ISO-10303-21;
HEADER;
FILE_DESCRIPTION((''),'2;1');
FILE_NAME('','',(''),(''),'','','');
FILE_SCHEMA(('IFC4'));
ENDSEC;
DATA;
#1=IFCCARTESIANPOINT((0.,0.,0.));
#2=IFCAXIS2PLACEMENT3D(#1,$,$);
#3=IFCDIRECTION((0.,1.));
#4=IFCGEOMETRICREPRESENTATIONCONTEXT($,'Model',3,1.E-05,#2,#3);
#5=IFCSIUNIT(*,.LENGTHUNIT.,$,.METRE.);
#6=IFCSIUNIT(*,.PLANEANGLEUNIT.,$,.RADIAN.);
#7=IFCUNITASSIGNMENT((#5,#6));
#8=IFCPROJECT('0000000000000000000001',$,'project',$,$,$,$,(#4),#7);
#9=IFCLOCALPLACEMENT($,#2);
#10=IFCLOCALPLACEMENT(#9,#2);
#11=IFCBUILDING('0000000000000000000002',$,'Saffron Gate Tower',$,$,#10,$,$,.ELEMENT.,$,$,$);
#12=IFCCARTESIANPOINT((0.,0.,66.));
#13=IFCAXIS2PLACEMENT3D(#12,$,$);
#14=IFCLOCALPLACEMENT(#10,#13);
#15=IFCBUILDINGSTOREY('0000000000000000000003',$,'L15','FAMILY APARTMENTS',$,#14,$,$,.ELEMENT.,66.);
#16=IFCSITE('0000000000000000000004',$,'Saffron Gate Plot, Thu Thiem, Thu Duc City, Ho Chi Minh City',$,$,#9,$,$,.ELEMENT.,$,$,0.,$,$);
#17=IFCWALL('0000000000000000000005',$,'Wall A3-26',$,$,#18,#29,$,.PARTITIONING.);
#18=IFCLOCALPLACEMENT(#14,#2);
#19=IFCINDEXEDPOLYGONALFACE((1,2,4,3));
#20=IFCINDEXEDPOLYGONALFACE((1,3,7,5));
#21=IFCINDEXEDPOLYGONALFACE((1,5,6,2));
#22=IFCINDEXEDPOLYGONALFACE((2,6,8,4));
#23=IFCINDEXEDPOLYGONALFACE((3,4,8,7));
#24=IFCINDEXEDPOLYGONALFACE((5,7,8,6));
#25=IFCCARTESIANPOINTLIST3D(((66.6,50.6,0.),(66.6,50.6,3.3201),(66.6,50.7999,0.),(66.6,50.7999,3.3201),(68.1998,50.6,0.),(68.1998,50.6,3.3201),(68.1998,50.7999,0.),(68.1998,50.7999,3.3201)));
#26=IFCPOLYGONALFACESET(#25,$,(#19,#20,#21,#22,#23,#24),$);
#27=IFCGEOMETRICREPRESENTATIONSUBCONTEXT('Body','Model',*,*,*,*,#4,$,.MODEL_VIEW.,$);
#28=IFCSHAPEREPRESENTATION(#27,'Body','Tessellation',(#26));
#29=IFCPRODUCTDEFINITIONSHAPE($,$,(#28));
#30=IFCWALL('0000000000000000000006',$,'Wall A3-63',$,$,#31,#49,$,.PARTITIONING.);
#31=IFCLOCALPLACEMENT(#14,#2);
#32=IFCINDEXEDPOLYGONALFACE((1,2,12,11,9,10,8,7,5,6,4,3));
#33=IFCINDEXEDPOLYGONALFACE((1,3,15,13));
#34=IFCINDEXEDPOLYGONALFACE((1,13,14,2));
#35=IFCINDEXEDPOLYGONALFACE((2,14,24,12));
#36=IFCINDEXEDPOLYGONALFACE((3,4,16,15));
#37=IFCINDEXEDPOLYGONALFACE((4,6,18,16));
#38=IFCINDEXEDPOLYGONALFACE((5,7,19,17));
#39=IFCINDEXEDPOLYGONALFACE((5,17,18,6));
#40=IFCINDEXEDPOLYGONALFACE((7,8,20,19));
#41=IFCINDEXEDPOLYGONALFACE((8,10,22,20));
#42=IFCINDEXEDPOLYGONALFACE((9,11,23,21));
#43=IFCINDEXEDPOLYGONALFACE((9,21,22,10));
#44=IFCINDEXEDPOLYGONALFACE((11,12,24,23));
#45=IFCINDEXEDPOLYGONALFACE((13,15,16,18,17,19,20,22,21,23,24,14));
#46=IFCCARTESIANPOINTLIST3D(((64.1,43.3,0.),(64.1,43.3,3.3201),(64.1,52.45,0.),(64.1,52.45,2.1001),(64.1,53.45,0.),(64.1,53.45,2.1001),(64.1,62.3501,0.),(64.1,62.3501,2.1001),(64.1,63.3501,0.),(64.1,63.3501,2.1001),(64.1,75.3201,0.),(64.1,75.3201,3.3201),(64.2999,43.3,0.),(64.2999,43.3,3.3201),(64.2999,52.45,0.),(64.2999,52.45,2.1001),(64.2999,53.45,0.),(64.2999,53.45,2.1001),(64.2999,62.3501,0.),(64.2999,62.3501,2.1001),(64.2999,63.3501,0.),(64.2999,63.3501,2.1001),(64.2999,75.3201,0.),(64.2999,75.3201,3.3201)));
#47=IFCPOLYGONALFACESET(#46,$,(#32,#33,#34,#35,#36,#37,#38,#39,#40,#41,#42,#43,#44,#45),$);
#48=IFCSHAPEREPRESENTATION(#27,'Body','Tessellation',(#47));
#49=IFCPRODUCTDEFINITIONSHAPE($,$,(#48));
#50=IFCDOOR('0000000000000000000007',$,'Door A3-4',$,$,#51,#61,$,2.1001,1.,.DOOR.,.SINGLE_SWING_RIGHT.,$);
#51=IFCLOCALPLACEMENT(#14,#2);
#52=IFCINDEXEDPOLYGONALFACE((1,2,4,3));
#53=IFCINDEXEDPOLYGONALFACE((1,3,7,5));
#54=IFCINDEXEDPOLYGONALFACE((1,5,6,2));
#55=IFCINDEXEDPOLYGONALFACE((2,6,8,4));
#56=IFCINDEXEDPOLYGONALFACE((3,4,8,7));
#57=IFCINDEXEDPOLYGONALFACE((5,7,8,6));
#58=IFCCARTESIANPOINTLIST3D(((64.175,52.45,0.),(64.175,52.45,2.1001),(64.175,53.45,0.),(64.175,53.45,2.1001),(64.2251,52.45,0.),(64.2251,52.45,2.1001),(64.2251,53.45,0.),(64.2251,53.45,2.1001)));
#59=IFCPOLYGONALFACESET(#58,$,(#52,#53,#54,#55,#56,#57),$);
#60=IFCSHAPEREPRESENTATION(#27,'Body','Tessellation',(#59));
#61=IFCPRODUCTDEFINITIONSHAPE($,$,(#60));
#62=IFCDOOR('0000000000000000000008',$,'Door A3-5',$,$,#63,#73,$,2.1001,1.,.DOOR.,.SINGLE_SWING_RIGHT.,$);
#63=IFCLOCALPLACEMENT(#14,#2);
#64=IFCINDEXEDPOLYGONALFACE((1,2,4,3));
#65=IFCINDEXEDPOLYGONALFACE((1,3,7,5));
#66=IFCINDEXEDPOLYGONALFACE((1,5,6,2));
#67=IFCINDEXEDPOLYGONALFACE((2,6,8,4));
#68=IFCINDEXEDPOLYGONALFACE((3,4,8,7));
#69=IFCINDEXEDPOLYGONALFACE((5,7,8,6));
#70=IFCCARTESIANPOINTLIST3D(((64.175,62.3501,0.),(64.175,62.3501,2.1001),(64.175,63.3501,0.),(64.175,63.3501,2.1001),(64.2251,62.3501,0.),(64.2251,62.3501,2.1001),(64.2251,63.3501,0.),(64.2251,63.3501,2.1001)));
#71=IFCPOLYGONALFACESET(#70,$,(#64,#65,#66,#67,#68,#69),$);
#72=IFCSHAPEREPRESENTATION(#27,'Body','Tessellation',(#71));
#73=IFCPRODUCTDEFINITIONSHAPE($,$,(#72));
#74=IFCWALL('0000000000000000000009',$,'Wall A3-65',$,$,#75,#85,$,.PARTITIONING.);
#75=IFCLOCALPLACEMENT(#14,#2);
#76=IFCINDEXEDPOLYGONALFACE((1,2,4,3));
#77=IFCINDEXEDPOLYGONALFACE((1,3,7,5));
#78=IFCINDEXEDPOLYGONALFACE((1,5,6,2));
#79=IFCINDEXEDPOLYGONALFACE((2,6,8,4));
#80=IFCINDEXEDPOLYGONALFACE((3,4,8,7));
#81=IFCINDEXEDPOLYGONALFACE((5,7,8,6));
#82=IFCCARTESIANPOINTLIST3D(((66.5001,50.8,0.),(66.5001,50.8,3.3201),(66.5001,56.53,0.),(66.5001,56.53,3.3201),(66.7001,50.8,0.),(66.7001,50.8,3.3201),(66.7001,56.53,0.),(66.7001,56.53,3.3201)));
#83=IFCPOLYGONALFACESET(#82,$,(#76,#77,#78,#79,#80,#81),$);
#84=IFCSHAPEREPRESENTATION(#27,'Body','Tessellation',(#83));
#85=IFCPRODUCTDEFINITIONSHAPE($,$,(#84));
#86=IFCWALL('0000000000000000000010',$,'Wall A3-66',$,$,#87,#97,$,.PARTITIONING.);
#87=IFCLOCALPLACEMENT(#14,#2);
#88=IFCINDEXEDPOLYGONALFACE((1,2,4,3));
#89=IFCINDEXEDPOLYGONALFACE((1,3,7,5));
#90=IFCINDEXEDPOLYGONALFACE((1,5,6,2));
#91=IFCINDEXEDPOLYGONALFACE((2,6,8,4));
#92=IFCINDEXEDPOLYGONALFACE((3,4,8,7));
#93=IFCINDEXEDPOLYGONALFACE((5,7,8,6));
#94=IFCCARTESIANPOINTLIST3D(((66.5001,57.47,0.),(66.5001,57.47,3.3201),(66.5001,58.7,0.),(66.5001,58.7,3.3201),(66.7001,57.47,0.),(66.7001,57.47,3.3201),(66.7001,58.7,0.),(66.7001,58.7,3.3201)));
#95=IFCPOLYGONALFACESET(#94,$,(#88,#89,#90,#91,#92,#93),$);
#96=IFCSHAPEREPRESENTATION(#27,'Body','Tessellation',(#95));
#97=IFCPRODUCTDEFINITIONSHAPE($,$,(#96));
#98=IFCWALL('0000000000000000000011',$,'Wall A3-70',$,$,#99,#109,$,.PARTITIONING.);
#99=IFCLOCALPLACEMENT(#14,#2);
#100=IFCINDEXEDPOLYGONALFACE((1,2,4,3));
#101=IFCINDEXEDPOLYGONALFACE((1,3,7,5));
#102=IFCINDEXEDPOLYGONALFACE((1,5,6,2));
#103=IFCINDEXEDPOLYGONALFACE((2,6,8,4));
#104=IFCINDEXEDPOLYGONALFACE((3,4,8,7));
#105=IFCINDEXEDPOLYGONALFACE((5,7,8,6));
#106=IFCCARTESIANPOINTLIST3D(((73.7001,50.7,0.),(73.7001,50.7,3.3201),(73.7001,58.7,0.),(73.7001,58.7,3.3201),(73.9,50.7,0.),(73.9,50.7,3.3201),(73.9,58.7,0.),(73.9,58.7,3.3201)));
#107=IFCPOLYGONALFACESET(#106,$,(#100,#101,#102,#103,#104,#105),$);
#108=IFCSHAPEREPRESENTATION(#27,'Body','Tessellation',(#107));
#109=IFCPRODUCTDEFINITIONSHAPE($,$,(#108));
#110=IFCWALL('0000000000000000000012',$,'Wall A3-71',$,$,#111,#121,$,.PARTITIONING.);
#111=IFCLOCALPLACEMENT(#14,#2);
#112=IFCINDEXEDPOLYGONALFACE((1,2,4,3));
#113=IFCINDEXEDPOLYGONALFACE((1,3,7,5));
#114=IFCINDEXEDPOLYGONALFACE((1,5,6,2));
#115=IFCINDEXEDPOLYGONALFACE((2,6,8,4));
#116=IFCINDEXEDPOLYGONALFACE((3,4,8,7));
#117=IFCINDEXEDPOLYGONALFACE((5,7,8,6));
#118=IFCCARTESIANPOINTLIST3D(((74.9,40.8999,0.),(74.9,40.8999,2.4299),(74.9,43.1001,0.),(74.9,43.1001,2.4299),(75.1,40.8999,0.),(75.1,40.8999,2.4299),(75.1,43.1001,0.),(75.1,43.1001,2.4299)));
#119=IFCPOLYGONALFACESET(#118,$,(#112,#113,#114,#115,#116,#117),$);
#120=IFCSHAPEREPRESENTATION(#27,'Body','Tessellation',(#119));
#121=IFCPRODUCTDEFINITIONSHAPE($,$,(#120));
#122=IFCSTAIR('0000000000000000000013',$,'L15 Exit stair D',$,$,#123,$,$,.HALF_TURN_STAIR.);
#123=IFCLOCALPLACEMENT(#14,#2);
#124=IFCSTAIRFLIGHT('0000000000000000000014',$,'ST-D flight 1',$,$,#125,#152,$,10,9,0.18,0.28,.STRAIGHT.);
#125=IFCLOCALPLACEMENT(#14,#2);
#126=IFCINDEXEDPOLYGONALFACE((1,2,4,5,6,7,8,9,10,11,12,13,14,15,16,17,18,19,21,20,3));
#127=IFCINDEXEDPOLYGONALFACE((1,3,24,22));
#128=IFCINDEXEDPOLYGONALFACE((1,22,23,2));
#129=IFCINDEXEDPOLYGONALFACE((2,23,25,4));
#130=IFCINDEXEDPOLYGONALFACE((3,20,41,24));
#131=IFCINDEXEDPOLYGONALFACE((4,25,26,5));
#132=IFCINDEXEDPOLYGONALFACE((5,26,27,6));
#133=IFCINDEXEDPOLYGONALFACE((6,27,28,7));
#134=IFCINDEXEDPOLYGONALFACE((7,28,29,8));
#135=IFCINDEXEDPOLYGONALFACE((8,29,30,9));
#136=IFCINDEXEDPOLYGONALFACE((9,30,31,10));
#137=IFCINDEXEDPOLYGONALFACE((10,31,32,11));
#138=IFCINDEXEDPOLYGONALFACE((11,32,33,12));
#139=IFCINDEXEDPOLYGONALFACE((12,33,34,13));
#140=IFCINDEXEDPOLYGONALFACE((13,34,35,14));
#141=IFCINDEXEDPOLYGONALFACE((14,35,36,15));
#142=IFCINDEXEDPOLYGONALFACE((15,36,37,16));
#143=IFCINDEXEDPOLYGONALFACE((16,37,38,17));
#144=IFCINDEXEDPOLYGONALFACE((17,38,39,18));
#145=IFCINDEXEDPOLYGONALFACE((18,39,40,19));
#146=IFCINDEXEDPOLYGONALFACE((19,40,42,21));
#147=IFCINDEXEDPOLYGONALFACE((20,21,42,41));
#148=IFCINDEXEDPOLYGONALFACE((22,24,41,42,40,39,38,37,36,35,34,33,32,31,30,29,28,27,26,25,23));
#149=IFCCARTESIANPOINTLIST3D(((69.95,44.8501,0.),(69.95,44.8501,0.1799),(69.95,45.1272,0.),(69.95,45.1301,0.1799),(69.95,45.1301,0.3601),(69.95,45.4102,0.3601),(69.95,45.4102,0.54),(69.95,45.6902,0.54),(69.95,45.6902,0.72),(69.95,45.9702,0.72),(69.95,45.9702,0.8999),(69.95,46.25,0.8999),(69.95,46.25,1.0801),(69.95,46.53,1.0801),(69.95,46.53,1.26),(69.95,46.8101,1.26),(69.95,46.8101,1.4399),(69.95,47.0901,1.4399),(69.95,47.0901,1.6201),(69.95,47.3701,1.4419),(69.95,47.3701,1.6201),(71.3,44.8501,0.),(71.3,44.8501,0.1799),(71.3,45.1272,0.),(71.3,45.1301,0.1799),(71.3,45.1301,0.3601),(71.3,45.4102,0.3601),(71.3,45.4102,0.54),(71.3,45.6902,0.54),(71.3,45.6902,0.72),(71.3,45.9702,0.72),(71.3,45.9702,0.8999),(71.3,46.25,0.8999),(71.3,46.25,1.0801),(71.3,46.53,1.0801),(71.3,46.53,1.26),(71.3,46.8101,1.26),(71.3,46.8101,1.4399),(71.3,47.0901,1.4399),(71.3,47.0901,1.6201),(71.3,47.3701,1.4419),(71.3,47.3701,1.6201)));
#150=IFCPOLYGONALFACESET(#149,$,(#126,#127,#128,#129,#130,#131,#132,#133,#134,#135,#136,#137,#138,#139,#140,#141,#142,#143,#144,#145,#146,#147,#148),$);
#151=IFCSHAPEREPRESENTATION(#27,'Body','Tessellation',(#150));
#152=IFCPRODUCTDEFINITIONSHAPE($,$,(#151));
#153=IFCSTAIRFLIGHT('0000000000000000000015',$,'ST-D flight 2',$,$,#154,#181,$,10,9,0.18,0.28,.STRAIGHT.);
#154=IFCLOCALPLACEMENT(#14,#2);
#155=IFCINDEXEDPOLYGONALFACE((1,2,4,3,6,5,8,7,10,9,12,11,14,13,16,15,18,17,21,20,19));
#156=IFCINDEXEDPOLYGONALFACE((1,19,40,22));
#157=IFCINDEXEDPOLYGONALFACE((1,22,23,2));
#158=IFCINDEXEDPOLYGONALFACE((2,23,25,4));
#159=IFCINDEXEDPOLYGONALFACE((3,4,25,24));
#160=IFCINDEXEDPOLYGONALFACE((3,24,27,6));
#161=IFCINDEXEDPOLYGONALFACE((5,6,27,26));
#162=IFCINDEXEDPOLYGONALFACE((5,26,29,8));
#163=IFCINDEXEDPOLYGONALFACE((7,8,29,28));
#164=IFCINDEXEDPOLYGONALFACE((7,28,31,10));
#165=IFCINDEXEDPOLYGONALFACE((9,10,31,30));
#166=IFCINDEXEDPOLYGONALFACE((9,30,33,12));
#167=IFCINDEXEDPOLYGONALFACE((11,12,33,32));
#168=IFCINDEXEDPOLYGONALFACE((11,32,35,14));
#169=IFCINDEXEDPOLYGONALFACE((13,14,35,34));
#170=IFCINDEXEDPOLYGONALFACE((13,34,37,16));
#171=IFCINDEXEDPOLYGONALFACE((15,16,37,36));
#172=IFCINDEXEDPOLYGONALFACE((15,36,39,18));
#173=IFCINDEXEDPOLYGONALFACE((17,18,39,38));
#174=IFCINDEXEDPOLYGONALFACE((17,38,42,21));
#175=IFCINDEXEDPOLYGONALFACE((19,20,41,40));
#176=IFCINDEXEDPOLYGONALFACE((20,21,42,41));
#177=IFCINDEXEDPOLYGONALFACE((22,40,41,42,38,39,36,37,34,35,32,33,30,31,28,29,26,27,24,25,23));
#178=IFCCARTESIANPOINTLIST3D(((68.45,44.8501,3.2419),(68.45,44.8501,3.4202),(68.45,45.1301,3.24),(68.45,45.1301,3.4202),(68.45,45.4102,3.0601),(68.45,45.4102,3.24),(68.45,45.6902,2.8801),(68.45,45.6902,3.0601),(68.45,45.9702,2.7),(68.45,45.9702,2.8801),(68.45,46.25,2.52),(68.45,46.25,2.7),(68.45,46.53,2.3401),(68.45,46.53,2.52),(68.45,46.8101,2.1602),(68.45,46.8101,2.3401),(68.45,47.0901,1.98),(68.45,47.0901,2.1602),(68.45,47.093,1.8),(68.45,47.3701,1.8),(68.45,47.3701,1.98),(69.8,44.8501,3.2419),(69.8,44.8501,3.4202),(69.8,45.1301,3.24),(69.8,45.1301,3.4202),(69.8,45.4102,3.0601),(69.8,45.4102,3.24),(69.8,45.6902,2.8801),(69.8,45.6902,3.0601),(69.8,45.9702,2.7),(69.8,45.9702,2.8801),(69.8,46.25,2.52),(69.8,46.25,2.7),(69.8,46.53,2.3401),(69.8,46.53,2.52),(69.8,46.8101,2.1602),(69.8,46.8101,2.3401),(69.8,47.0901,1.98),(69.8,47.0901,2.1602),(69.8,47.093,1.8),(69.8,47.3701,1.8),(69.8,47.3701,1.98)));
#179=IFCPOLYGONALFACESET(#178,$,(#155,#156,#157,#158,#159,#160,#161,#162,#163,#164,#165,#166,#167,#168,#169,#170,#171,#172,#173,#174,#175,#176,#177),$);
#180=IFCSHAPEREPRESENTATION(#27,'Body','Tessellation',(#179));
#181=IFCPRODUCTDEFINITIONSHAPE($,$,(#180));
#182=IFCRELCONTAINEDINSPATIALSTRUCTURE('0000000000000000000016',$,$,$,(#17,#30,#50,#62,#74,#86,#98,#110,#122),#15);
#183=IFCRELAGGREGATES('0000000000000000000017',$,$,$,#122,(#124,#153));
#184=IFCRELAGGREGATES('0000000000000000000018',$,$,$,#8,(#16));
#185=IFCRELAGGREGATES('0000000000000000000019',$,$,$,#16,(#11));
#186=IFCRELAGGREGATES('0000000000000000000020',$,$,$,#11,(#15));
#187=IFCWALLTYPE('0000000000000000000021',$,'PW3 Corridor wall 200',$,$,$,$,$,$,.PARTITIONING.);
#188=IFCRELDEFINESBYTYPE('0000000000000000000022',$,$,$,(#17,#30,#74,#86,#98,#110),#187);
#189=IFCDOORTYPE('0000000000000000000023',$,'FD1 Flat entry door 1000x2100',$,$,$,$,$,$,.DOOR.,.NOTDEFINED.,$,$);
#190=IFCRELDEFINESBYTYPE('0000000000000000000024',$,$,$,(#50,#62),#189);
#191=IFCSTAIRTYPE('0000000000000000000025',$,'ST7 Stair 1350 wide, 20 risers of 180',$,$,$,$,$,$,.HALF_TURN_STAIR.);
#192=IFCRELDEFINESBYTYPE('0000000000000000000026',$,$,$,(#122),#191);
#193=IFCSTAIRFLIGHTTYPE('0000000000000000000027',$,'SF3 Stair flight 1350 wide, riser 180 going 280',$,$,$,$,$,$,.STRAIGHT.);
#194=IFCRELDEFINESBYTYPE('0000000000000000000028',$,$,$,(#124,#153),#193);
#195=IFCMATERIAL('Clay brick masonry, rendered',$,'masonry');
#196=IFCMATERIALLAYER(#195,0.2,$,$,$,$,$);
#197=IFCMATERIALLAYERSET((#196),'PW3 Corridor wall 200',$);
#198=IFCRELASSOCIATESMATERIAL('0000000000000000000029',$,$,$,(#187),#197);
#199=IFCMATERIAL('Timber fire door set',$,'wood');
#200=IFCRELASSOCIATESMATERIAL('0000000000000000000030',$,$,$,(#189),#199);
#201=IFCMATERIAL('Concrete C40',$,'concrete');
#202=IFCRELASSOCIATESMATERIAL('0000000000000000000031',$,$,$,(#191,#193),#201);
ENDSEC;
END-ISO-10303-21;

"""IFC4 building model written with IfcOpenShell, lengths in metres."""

from ifc_helpers import new_model, si_unit, direction, frame, frame_2d, origin, place, context, subcontext, project, spatial, polyline, rectangle, outline, extrude, material, layer, layer_set, type_object, element, fill, aggregate, save


model = new_model("IFC4")

# Units and contexts
model_context = context("Model", 3, precision=1e-05, world=origin(), true_north=direction((0.0, 1.0)))
body_context = subcontext(model_context, "Body", "Model", "MODEL_VIEW")
ifc_project = project(units=[si_unit("LENGTHUNIT", "METRE"), si_unit("PLANEANGLEUNIT", "RADIAN")], contexts=[model_context])

# Site, building, storey
site_placement = place(None, origin())
site = spatial("IfcSite", under=ifc_project, at=site_placement, Name="Saffron Gate Plot, Thu Thiem, Thu Duc City, Ho Chi Minh City", CompositionType="ELEMENT", RefElevation=0.0)
building_placement = place(site_placement, origin())
building = spatial("IfcBuilding", under=site, at=building_placement, Name="Saffron Gate Tower", CompositionType="ELEMENT")
storey_placement = place(building_placement, frame((0.0, 0.0, 66.0)))
storey = spatial("IfcBuildingStorey", under=building, at=storey_placement, Name="L15", Description="FAMILY APARTMENTS", CompositionType="ELEMENT", Elevation=66.0)

# Shared definitions
ifc_material_1 = material(Name="Clay brick masonry, rendered", Category="masonry")
ifc_layer_1 = layer(ifc_material_1, 0.2)
ifc_layer_set_1 = layer_set([ifc_layer_1], Name="PW3 Corridor wall 200")
wall_type_1 = type_object("IfcWallType", Name="PW3 Corridor wall 200", PredefinedType="PARTITIONING", material=ifc_layer_set_1)
ifc_material_2 = material(Name="Timber fire door set", Category="wood")
door_type_1 = type_object("IfcDoorType", Name="FD1 Flat entry door 1000x2100", OperationType="NOTDEFINED", PredefinedType="DOOR", material=ifc_material_2)

# Wall
wall_1_placement = place(storey_placement, frame((66.6001, 50.7, 0.0), z_axis=(0.0, 0.0, 1.0), x_axis=(1.0, 0.0, 0.0)))
element("IfcWall", 1, at=wall_1_placement, inside=storey, type_object=wall_type_1, Name="Wall A3-26", PredefinedType="PARTITIONING", context=body_context, shape_type="SweptSolid", body=[
    extrude(rectangle(XDim=1.5999, YDim=0.2, at=frame_2d((0.7998, 0.0))), origin(), (0.0, 0.0, 1.0), 3.3201),
])

# Wall, openings, doors
wall_2_placement = place(storey_placement, frame((64.2, 43.3, 0.0), z_axis=(0.0, 0.0, 1.0), x_axis=(0.0, 1.0, 0.0)))
wall_2 = element("IfcWall", 2, at=wall_2_placement, inside=storey, type_object=wall_type_1, Name="Wall A3-63", PredefinedType="PARTITIONING", context=body_context, shape_type="SweptSolid", body=[
    extrude(rectangle(XDim=32.02, YDim=0.2, at=frame_2d((16.01, 0.0))), origin(), (0.0, 0.0, 1.0), 3.3201),
])
opening_1_placement = place(wall_2_placement, frame((9.1499, 0.0, 0.0)))
opening_1 = element("IfcOpeningElement", 3, at=opening_1_placement, cuts=wall_2, PredefinedType="OPENING", context=body_context, shape_type="SweptSolid", body=[
    extrude(rectangle(XDim=1.0, YDim=2.1001, at=frame_2d((0.5, 1.05))), frame((0.0, 0.1099, 0.0), z_axis=(0.0, -1.0, 0.0), x_axis=(1.0, 0.0, 0.0)), (0.0, 0.0, 1.0), 0.22),
])
opening_2_placement = place(wall_2_placement, frame((19.05, 0.0, 0.0)))
opening_2 = element("IfcOpeningElement", 4, at=opening_2_placement, cuts=wall_2, PredefinedType="OPENING", context=body_context, shape_type="SweptSolid", body=[
    extrude(rectangle(XDim=1.0, YDim=2.1001, at=frame_2d((0.5, 1.05))), frame((0.0, 0.1099, 0.0), z_axis=(0.0, -1.0, 0.0), x_axis=(1.0, 0.0, 0.0)), (0.0, 0.0, 1.0), 0.22),
])
door_1_placement = place(opening_1_placement, origin())
door_1 = element("IfcDoor", 5, at=door_1_placement, inside=storey, type_object=door_type_1, Name="Door A3-4", OperationType="SINGLE_SWING_RIGHT", OverallHeight=2.1001, OverallWidth=1.0, PredefinedType="DOOR", context=body_context, shape_type="SweptSolid", body=[
    extrude(rectangle(XDim=1.0, YDim=2.1001, at=frame_2d((0.5, 1.05))), frame((0.0, 0.0249, 0.0), z_axis=(0.0, -1.0, 0.0), x_axis=(1.0, 0.0, 0.0)), (0.0, 0.0, 1.0), 0.05),
])
fill(opening_1, door_1)
door_2_placement = place(opening_2_placement, origin())
door_2 = element("IfcDoor", 6, at=door_2_placement, inside=storey, type_object=door_type_1, Name="Door A3-5", OperationType="SINGLE_SWING_RIGHT", OverallHeight=2.1001, OverallWidth=1.0, PredefinedType="DOOR", context=body_context, shape_type="SweptSolid", body=[
    extrude(rectangle(XDim=1.0, YDim=2.1001, at=frame_2d((0.5, 1.05))), frame((0.0, 0.0249, 0.0), z_axis=(0.0, -1.0, 0.0), x_axis=(1.0, 0.0, 0.0)), (0.0, 0.0, 1.0), 0.05),
])
fill(opening_2, door_2)

# Walls
wall_3_placement = place(storey_placement, frame((66.6001, 56.53, 0.0), z_axis=(0.0, 0.0, 1.0), x_axis=(0.0, -1.0, 0.0)))
element("IfcWall", 7, at=wall_3_placement, inside=storey, type_object=wall_type_1, Name="Wall A3-65", PredefinedType="PARTITIONING", context=body_context, shape_type="SweptSolid", body=[
    extrude(rectangle(XDim=5.73, YDim=0.2, at=frame_2d((2.865, 0.0))), origin(), (0.0, 0.0, 1.0), 3.3201),
])
wall_4_placement = place(storey_placement, frame((66.6001, 58.7, 0.0), z_axis=(0.0, 0.0, 1.0), x_axis=(0.0, -1.0, 0.0)))
element("IfcWall", 8, at=wall_4_placement, inside=storey, type_object=wall_type_1, Name="Wall A3-66", PredefinedType="PARTITIONING", context=body_context, shape_type="SweptSolid", body=[
    extrude(rectangle(XDim=1.23, YDim=0.2, at=frame_2d((0.615, 0.0))), origin(), (0.0, 0.0, 1.0), 3.3201),
])
wall_5_placement = place(storey_placement, frame((73.8, 58.7, 0.0), z_axis=(0.0, 0.0, 1.0), x_axis=(0.0, -1.0, 0.0)))
element("IfcWall", 9, at=wall_5_placement, inside=storey, type_object=wall_type_1, Name="Wall A3-70", PredefinedType="PARTITIONING", context=body_context, shape_type="SweptSolid", body=[
    extrude(rectangle(XDim=8.0, YDim=0.2, at=frame_2d((4.0, 0.0))), origin(), (0.0, 0.0, 1.0), 3.3201),
])
wall_6_placement = place(storey_placement, frame((75.0, 43.1001, 0.0), z_axis=(0.0, 0.0, 1.0), x_axis=(0.0, -1.0, 0.0)))
element("IfcWall", 10, at=wall_6_placement, inside=storey, type_object=wall_type_1, Name="Wall A3-71", PredefinedType="PARTITIONING", context=body_context, shape_type="SweptSolid", body=[
    extrude(rectangle(XDim=2.2002, YDim=0.2, at=frame_2d((1.1001, 0.0))), origin(), (0.0, 0.0, 1.0), 2.4299),
])

# Stair, stair flights
ifc_material_3 = material(Name="Concrete C40", Category="concrete")
stair_type = type_object("IfcStairType", Name="ST7 Stair 1350 wide, 20 risers of 180", PredefinedType="HALF_TURN_STAIR", material=ifc_material_3)
stair_placement = place(storey_placement, origin())
stair = element("IfcStair", 11, at=stair_placement, inside=storey, type_object=stair_type, Name="L15 Exit stair D", PredefinedType="HALF_TURN_STAIR")
stair_flight_type = type_object("IfcStairFlightType", Name="SF3 Stair flight 1350 wide, riser 180 going 280", PredefinedType="STRAIGHT", material=ifc_material_3)
stair_flight_1_placement = place(storey_placement, frame((70.625, 44.8501, 0.0), z_axis=(0.0, 0.0, 1.0), x_axis=(0.0, 1.0, 0.0)))
stair_flight_1 = element("IfcStairFlight", 12, at=stair_flight_1_placement, type_object=stair_flight_type, Name="ST-D flight 1", NumberOfRisers=10, NumberOfTreads=9, PredefinedType="STRAIGHT", RiserHeight=0.18, TreadLength=0.28, context=body_context, shape_type="SweptSolid", body=[
    extrude(outline(polyline([(0.0, 0.0), (0.0, 0.1799), (0.28, 0.1799), (0.28, 0.3601), (0.5601, 0.3601), (0.5601, 0.54), (0.8401, 0.54), (0.8401, 0.72), (1.1201, 0.72), (1.1201, 0.8999), (1.3999, 0.8999), (1.3999, 1.0801), (1.6799, 1.0801), (1.6799, 1.26), (1.96, 1.26), (1.96, 1.4399), (2.24, 1.4399), (2.24, 1.6201), (2.52, 1.6201), (2.52, 1.8), (2.52, 1.4419), (0.2771, 0.0), (0.0, 0.0)])), frame((0.0, 0.675, 0.0), z_axis=(0.0, -1.0, 0.0), x_axis=(1.0, 0.0, 0.0)), (0.0, 0.0, 1.0), 1.3501),
])
stair_flight_2_placement = place(storey_placement, frame((69.125, 47.3701, 1.8), z_axis=(0.0, 0.0, 1.0), x_axis=(0.0, -1.0, 0.0)))
stair_flight_2 = element("IfcStairFlight", 13, at=stair_flight_2_placement, type_object=stair_flight_type, Name="ST-D flight 2", NumberOfRisers=10, NumberOfTreads=9, PredefinedType="STRAIGHT", RiserHeight=0.18, TreadLength=0.28, context=body_context, shape_type="SweptSolid", body=[
    extrude(outline(polyline([(0.0, 0.0), (0.0, 0.1799), (0.28, 0.1799), (0.28, 0.3601), (0.5601, 0.3601), (0.5601, 0.54), (0.8401, 0.54), (0.8401, 0.72), (1.1201, 0.72), (1.1201, 0.8999), (1.3999, 0.8999), (1.3999, 1.0801), (1.6799, 1.0801), (1.6799, 1.26), (1.96, 1.26), (1.96, 1.4399), (2.24, 1.4399), (2.24, 1.6201), (2.52, 1.6201), (2.52, 1.8), (2.52, 1.4419), (0.2771, 0.0), (0.0, 0.0)])), frame((0.0, 0.675, 0.0), z_axis=(0.0, -1.0, 0.0), x_axis=(1.0, 0.0, 0.0)), (0.0, 0.0, 1.0), 1.3501),
])
aggregate(stair, [stair_flight_1, stair_flight_2])

save(model, "model.ifc")
